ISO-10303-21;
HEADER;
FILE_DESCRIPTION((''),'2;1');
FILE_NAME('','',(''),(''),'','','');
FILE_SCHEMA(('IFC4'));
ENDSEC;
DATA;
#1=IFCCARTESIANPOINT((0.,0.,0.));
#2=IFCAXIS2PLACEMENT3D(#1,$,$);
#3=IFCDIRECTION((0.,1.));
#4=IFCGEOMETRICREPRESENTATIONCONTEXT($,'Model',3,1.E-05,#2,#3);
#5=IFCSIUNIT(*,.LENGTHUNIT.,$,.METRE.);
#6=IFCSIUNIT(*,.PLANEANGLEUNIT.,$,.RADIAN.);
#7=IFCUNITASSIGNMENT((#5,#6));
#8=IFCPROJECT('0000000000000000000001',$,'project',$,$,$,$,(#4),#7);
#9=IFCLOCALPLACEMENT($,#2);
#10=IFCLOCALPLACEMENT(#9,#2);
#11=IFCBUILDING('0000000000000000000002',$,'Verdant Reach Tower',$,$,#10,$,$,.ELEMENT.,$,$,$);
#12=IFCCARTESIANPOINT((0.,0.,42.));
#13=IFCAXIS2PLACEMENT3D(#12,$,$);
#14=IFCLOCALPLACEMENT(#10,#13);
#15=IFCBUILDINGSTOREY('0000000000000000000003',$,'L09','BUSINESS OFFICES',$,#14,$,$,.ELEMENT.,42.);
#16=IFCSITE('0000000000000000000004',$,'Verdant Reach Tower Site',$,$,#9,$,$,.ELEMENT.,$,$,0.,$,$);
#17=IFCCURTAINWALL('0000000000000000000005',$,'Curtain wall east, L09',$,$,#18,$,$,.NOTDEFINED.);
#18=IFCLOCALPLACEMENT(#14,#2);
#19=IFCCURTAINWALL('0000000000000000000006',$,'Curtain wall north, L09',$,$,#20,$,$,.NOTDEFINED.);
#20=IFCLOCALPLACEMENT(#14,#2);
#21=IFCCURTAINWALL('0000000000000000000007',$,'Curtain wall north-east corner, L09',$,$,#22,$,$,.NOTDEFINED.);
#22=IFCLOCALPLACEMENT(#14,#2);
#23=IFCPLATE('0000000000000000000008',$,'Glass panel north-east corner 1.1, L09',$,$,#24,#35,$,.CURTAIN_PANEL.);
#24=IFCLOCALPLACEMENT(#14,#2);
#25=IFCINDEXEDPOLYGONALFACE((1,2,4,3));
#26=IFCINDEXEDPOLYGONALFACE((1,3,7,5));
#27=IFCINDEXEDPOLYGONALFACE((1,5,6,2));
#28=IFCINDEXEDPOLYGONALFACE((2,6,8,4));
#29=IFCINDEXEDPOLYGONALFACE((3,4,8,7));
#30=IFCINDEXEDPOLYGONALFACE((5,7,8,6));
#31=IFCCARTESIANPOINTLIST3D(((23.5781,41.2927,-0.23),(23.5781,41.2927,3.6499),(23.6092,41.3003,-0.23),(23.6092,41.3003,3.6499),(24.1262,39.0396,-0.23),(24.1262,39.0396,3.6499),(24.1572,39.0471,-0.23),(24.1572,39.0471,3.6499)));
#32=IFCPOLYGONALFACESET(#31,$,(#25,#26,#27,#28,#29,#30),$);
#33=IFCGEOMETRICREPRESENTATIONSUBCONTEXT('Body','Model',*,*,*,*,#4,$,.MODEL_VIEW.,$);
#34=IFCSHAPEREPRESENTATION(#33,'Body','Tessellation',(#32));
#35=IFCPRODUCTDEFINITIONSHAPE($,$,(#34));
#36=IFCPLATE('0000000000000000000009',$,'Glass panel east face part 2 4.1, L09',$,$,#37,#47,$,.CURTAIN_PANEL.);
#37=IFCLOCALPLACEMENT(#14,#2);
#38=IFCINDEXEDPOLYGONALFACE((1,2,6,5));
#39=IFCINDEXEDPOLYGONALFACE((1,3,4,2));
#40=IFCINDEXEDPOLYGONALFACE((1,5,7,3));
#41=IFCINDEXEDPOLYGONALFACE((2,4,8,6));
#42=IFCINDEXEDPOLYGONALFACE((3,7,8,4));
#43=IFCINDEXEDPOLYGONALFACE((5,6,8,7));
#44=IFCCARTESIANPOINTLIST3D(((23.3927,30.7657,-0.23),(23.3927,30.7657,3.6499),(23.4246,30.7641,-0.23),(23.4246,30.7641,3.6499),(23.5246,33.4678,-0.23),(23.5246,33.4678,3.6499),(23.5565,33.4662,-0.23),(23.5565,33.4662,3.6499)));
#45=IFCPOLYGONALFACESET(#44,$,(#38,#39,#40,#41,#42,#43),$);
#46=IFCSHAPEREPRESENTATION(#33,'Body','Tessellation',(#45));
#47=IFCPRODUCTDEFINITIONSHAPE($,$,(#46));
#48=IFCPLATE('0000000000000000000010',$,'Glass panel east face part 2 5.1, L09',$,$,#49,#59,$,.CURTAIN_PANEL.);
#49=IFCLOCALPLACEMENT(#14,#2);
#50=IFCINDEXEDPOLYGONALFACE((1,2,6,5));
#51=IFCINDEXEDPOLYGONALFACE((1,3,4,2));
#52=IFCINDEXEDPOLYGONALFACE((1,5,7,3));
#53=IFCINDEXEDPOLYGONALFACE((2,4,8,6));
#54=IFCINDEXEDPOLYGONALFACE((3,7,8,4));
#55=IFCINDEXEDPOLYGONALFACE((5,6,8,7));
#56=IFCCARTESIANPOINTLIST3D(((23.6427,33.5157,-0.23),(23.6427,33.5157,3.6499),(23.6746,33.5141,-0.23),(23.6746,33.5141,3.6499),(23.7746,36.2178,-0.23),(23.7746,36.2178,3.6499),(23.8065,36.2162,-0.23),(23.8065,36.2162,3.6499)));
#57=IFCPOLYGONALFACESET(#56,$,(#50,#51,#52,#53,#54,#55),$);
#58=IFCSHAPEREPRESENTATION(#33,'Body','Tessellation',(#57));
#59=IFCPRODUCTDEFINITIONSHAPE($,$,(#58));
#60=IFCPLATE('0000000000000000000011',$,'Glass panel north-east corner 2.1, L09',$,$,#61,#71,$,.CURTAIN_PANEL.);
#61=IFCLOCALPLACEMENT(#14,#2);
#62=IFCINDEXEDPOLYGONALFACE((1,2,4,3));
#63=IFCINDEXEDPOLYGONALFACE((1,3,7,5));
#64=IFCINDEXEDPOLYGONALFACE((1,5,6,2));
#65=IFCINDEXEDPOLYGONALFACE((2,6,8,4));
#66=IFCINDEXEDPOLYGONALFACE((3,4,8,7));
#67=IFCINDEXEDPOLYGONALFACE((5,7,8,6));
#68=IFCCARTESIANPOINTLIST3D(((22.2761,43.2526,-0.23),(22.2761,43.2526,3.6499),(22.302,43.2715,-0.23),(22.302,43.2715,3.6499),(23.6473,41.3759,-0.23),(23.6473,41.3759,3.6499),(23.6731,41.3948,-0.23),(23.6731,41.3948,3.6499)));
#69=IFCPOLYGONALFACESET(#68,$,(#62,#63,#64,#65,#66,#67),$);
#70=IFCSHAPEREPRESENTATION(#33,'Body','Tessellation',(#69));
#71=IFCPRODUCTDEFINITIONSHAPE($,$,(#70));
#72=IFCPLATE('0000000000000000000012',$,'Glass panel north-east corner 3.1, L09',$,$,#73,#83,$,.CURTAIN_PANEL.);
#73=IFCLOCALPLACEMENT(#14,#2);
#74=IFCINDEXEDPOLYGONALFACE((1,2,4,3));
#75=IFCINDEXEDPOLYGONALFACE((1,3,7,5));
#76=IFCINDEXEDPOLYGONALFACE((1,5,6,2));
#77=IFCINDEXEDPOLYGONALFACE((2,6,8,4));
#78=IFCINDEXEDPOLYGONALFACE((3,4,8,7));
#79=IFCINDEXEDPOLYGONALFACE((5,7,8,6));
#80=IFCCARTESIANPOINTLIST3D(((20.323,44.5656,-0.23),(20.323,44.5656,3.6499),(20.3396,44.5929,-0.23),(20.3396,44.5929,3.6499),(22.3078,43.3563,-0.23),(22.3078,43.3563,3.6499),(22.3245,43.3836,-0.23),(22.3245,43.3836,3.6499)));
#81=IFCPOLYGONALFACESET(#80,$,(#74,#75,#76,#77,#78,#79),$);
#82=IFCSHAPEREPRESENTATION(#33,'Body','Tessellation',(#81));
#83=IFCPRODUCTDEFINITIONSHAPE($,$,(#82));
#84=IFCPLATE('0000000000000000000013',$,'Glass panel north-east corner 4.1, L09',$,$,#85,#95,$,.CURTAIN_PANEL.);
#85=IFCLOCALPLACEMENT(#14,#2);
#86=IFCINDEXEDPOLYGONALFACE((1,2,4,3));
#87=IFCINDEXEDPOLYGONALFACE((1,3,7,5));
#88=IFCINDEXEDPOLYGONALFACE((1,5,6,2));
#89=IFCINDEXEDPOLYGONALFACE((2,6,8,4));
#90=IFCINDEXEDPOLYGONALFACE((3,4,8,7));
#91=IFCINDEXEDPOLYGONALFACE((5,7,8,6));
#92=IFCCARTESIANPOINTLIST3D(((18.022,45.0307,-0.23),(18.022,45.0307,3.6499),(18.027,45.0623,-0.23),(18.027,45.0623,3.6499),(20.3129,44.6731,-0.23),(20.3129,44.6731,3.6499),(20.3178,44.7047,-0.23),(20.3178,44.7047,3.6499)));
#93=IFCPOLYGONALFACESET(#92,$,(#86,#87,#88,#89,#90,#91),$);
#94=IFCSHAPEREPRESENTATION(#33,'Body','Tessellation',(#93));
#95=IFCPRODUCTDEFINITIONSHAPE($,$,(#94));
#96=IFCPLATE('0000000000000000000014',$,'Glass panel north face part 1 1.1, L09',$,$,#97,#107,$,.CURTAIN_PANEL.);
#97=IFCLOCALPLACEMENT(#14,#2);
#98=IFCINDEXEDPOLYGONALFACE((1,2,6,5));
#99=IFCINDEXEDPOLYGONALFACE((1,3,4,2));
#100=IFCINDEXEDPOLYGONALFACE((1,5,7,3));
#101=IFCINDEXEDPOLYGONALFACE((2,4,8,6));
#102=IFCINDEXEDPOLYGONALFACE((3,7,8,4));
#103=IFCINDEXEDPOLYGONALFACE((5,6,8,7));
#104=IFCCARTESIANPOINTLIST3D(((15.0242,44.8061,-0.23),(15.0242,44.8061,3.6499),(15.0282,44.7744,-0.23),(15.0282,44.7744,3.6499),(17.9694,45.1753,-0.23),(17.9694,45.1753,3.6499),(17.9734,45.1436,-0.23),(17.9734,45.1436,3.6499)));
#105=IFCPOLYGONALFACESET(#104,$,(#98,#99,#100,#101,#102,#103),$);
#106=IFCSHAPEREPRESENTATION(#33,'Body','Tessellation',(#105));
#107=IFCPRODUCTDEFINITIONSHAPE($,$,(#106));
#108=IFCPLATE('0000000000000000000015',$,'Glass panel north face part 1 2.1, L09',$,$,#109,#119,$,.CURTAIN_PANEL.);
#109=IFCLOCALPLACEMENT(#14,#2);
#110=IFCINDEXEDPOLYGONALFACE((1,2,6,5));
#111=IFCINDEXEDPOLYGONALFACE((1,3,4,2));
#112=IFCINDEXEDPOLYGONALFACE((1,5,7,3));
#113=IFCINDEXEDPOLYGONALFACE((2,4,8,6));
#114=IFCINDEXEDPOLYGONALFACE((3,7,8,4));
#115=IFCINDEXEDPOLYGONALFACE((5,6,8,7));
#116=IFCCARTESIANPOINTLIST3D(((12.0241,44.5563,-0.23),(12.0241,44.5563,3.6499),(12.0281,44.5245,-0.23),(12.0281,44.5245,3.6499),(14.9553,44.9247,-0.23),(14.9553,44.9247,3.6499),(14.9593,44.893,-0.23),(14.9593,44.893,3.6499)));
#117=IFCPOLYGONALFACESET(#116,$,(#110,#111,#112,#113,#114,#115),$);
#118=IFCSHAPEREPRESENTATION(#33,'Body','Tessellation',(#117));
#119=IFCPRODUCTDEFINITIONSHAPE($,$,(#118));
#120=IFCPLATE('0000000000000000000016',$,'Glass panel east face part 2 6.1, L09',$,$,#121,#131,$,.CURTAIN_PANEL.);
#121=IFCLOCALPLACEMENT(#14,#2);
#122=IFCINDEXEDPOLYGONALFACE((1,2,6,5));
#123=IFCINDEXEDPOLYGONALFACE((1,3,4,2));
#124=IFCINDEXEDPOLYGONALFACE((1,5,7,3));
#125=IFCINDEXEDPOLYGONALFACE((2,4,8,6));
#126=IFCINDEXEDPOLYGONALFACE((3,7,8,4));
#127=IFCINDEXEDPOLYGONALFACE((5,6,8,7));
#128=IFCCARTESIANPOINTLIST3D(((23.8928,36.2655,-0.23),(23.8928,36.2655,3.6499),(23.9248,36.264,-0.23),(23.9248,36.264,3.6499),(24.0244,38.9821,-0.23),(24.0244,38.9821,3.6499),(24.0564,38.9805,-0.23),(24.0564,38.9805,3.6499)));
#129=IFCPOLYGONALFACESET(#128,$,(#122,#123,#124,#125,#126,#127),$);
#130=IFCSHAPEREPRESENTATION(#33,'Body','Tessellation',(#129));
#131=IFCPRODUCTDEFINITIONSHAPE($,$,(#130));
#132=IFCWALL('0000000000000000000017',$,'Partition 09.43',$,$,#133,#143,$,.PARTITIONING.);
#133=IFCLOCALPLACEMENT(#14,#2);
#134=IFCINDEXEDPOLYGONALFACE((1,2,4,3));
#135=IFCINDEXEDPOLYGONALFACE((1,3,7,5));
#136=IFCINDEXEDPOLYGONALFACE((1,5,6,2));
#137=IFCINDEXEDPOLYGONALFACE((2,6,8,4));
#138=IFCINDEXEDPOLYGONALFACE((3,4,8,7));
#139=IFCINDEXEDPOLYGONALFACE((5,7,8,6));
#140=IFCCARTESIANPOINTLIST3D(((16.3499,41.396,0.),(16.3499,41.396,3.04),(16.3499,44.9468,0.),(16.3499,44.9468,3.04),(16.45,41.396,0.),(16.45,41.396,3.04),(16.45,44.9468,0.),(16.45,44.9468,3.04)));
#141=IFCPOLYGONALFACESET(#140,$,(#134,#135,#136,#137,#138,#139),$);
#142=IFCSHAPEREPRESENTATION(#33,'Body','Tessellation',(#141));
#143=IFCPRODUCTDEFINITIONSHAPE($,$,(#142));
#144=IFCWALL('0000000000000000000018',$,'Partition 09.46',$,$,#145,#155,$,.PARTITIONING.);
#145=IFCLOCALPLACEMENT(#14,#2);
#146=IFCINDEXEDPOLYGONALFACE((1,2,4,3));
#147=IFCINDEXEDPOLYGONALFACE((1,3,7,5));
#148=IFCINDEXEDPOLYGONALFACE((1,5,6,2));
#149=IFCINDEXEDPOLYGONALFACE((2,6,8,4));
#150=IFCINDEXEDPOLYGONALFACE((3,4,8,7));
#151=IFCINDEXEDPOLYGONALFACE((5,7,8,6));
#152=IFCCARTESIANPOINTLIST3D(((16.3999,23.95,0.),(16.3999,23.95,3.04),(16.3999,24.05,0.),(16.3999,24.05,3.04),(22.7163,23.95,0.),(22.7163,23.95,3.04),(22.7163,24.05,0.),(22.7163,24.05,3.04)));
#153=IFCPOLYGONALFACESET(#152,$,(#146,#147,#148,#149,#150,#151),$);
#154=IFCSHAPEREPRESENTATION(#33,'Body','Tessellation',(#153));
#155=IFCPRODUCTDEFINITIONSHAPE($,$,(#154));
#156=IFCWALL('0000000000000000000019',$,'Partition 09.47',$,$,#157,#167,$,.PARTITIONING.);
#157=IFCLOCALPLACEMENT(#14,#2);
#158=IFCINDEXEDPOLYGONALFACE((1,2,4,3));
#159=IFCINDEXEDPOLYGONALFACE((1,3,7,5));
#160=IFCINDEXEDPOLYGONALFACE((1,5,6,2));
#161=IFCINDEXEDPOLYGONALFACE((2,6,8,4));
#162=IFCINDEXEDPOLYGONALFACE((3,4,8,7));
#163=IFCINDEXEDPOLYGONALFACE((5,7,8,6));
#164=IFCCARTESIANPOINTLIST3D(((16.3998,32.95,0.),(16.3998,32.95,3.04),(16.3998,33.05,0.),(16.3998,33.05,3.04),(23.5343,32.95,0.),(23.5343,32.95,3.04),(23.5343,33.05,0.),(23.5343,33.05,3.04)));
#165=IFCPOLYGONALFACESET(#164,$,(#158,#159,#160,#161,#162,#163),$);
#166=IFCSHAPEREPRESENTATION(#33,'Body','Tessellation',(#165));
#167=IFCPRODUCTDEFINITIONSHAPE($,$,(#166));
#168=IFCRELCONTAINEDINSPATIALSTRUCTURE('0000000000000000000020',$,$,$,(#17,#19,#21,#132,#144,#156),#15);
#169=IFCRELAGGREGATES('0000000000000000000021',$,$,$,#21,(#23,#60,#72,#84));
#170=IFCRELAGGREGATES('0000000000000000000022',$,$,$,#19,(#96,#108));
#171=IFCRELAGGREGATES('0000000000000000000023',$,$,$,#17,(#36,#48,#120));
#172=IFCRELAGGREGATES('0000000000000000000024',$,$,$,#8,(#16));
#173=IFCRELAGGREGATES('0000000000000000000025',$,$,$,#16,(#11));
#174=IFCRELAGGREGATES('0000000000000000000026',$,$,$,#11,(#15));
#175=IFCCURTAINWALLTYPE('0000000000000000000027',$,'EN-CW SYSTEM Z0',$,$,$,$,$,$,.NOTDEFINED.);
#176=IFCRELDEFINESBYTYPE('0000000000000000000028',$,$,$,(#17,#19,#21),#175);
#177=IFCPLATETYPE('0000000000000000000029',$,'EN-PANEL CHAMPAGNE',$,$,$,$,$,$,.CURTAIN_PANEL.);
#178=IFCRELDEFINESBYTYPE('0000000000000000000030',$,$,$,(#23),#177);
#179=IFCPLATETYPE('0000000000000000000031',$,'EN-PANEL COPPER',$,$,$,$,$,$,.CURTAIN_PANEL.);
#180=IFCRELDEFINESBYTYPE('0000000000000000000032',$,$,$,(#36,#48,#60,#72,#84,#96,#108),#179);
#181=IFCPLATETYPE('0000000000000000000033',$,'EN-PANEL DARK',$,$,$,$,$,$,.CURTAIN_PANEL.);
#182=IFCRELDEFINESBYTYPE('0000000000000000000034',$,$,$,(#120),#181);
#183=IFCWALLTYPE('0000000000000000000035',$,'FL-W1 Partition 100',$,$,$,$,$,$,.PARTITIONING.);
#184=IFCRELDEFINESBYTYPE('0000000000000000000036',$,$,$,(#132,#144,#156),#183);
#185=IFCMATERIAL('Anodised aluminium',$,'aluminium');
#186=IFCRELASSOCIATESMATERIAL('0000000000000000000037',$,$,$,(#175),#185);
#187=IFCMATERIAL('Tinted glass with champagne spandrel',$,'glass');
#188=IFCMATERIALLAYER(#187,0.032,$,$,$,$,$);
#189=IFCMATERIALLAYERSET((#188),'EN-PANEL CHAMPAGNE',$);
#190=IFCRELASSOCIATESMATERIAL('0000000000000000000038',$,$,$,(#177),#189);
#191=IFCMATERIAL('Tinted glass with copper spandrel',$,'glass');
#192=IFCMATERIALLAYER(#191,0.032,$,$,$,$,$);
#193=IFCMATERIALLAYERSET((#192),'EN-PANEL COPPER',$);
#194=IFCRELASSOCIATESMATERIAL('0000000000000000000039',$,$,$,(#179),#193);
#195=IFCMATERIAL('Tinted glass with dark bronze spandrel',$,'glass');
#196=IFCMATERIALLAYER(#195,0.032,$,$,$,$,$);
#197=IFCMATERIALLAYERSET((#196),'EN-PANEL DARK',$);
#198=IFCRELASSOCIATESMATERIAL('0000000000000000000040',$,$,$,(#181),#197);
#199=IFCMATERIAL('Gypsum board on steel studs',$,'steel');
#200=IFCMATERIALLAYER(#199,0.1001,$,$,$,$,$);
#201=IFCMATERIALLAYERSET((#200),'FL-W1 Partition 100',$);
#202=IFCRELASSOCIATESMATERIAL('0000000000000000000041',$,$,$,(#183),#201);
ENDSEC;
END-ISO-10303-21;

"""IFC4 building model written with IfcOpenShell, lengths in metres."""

from ifc_helpers import new_model, si_unit, direction, frame, frame_2d, origin, origin_2d, place, context, subcontext, project, spatial, rectangle, extrude, material, layer, layer_set, type_object, element, aggregate, save


model = new_model("IFC4")

# Units and contexts
model_context = context("Model", 3, precision=1e-05, world=origin(), true_north=direction((0.0, 1.0)))
body_context = subcontext(model_context, "Body", "Model", "MODEL_VIEW")
ifc_project = project(units=[si_unit("LENGTHUNIT", "METRE"), si_unit("PLANEANGLEUNIT", "RADIAN")], contexts=[model_context])

# Site, building, storey
site_placement = place(None, origin())
site = spatial("IfcSite", under=ifc_project, at=site_placement, Name="Verdant Reach Tower Site", CompositionType="ELEMENT", RefElevation=0.0)
building_placement = place(site_placement, origin())
building = spatial("IfcBuilding", under=site, at=building_placement, Name="Verdant Reach Tower", CompositionType="ELEMENT")
storey_placement = place(building_placement, frame((0.0, 0.0, 42.0)))
storey = spatial("IfcBuildingStorey", under=building, at=storey_placement, Name="L09", Description="BUSINESS OFFICES", CompositionType="ELEMENT", Elevation=42.0)

# Curtain walls
ifc_material_1 = material(Name="Anodised aluminium", Category="aluminium")
curtain_wall_type = type_object("IfcCurtainWallType", Name="EN-CW SYSTEM Z0", PredefinedType="NOTDEFINED", material=ifc_material_1)
curtain_wall_1_placement = place(storey_placement, origin())
curtain_wall_1 = element("IfcCurtainWall", 1, at=curtain_wall_1_placement, inside=storey, type_object=curtain_wall_type, Name="Curtain wall east, L09", PredefinedType="NOTDEFINED")
curtain_wall_2_placement = place(storey_placement, origin())
curtain_wall_2 = element("IfcCurtainWall", 2, at=curtain_wall_2_placement, inside=storey, type_object=curtain_wall_type, Name="Curtain wall north, L09", PredefinedType="NOTDEFINED")

# Shared definitions
ifc_material_2 = material(Name="Tinted glass with champagne spandrel", Category="glass")
ifc_layer_1 = layer(ifc_material_2, 0.032)
ifc_layer_set_1 = layer_set([ifc_layer_1], Name="EN-PANEL CHAMPAGNE")
plate_type_1 = type_object("IfcPlateType", Name="EN-PANEL CHAMPAGNE", PredefinedType="CURTAIN_PANEL", material=ifc_layer_set_1)

# Curtain wall, plate
curtain_wall_3_placement = place(storey_placement, origin())
curtain_wall_3 = element("IfcCurtainWall", 3, at=curtain_wall_3_placement, inside=storey, type_object=curtain_wall_type, Name="Curtain wall north-east corner, L09", PredefinedType="NOTDEFINED")
plate_1_placement = place(storey_placement, frame((23.8677, 40.1699, -0.23), z_axis=(0.0, 0.0, 1.0), x_axis=(-0.236347, 0.971669, 0.0)))
plate_1 = element("IfcPlate", 4, at=plate_1_placement, type_object=plate_type_1, Name="Glass panel north-east corner 1.1, L09", PredefinedType="CURTAIN_PANEL", context=body_context, shape_type="SweptSolid", body=[
    extrude(rectangle(XDim=2.3188, YDim=0.032, at=origin_2d()), origin(), (0.0, 0.0, 1.0), 3.8799),
])

# Plates
ifc_material_3 = material(Name="Tinted glass with copper spandrel", Category="glass")
ifc_layer_2 = layer(ifc_material_3, 0.032)
ifc_layer_set_2 = layer_set([ifc_layer_2], Name="EN-PANEL COPPER")
plate_type_2 = type_object("IfcPlateType", Name="EN-PANEL COPPER", PredefinedType="CURTAIN_PANEL", material=ifc_layer_set_2)
plate_2_placement = place(storey_placement, frame((23.4746, 32.116, -0.23), z_axis=(0.0, 0.0, 1.0), x_axis=(0.048753, 0.998811, 0.0)))
plate_2 = element("IfcPlate", 5, at=plate_2_placement, type_object=plate_type_2, Name="Glass panel east face part 2 4.1, L09", PredefinedType="CURTAIN_PANEL", context=body_context, shape_type="SweptSolid", body=[
    extrude(rectangle(XDim=2.7053, YDim=0.032, at=origin_2d()), origin(), (0.0, 0.0, 1.0), 3.8799),
])
plate_3_placement = place(storey_placement, frame((23.7246, 34.866, -0.23), z_axis=(0.0, 0.0, 1.0), x_axis=(0.048753, 0.998811, 0.0)))
plate_3 = element("IfcPlate", 6, at=plate_3_placement, type_object=plate_type_2, Name="Glass panel east face part 2 5.1, L09", PredefinedType="CURTAIN_PANEL", context=body_context, shape_type="SweptSolid", body=[
    extrude(rectangle(XDim=2.7053, YDim=0.032, at=origin_2d()), origin(), (0.0, 0.0, 1.0), 3.8799),
])
plate_4_placement = place(storey_placement, frame((22.9746, 42.3237, -0.23), z_axis=(0.0, 0.0, 1.0), x_axis=(-0.589927, 0.807457, 0.0)))
plate_4 = element("IfcPlate", 7, at=plate_4_placement, type_object=plate_type_2, Name="Glass panel north-east corner 2.1, L09", PredefinedType="CURTAIN_PANEL", context=body_context, shape_type="SweptSolid", body=[
    extrude(rectangle(XDim=2.3242, YDim=0.032, at=origin_2d()), origin(), (0.0, 0.0, 1.0), 3.8799),
])
plate_5_placement = place(storey_placement, frame((21.3237, 43.9746, -0.23), z_axis=(0.0, 0.0, 1.0), x_axis=(-0.853989, 0.520292, 0.0)))
plate_5 = element("IfcPlate", 8, at=plate_5_placement, type_object=plate_type_2, Name="Glass panel north-east corner 3.1, L09", PredefinedType="CURTAIN_PANEL", context=body_context, shape_type="SweptSolid", body=[
    extrude(rectangle(XDim=2.3242, YDim=0.032, at=origin_2d()), origin(), (0.0, 0.0, 1.0), 3.8799),
])
plate_6_placement = place(storey_placement, frame((19.1699, 44.8677, -0.23), z_axis=(0.0, 0.0, 1.0), x_axis=(-0.988035, 0.154233, 0.0)))
plate_6 = element("IfcPlate", 9, at=plate_6_placement, type_object=plate_type_2, Name="Glass panel north-east corner 4.1, L09", PredefinedType="CURTAIN_PANEL", context=body_context, shape_type="SweptSolid", body=[
    extrude(rectangle(XDim=2.3186, YDim=0.032, at=origin_2d()), origin(), (0.0, 0.0, 1.0), 3.8799),
])
aggregate(curtain_wall_3, [plate_1, plate_4, plate_5, plate_6])
plate_7_placement = place(storey_placement, frame((16.4988, 44.9749, -0.23), z_axis=(0.0, 0.0, 1.0), x_axis=(-0.992234, -0.124384, 0.0)))
plate_7 = element("IfcPlate", 10, at=plate_7_placement, type_object=plate_type_2, Name="Glass panel north face part 1 1.1, L09", PredefinedType="CURTAIN_PANEL", context=body_context, shape_type="SweptSolid", body=[
    extrude(rectangle(XDim=2.9683, YDim=0.032, at=origin_2d()), origin(), (0.0, 0.0, 1.0), 3.8799),
])
plate_8_placement = place(storey_placement, frame((13.4917, 44.7246, -0.23), z_axis=(0.0, 0.0, 1.0), x_axis=(-0.992194, -0.124704, 0.0)))
plate_8 = element("IfcPlate", 11, at=plate_8_placement, type_object=plate_type_2, Name="Glass panel north face part 1 2.1, L09", PredefinedType="CURTAIN_PANEL", context=body_context, shape_type="SweptSolid", body=[
    extrude(rectangle(XDim=2.9543, YDim=0.032, at=origin_2d()), origin(), (0.0, 0.0, 1.0), 3.8799),
])
aggregate(curtain_wall_2, [plate_7, plate_8])
ifc_material_4 = material(Name="Tinted glass with dark bronze spandrel", Category="glass")
ifc_layer_3 = layer(ifc_material_4, 0.032)
ifc_layer_set_3 = layer_set([ifc_layer_3], Name="EN-PANEL DARK")
plate_type_3 = type_object("IfcPlateType", Name="EN-PANEL DARK", PredefinedType="CURTAIN_PANEL", material=ifc_layer_set_3)
plate_9_placement = place(storey_placement, frame((23.9746, 37.623, -0.23), z_axis=(0.0, 0.0, 1.0), x_axis=(0.048383, 0.998829, 0.0)))
plate_9 = element("IfcPlate", 12, at=plate_9_placement, type_object=plate_type_3, Name="Glass panel east face part 2 6.1, L09", PredefinedType="CURTAIN_PANEL", context=body_context, shape_type="SweptSolid", body=[
    extrude(rectangle(XDim=2.7197, YDim=0.032, at=origin_2d()), origin(), (0.0, 0.0, 1.0), 3.8799),
])
aggregate(curtain_wall_1, [plate_2, plate_3, plate_9])

# Walls
ifc_material_5 = material(Name="Gypsum board on steel studs", Category="steel")
ifc_layer_4 = layer(ifc_material_5, 0.1001)
ifc_layer_set_4 = layer_set([ifc_layer_4], Name="FL-W1 Partition 100")
wall_type_1 = type_object("IfcWallType", Name="FL-W1 Partition 100", PredefinedType="PARTITIONING", material=ifc_layer_set_4)
wall_1_placement = place(storey_placement, frame((16.3999, 41.396, 0.0), z_axis=(0.0, 0.0, 1.0), x_axis=(0.0, 1.0, 0.0)))
element("IfcWall", 13, at=wall_1_placement, inside=storey, type_object=wall_type_1, Name="Partition 09.43", PredefinedType="PARTITIONING", context=body_context, shape_type="SweptSolid", body=[
    extrude(rectangle(XDim=3.5508, YDim=0.1001, at=frame_2d((1.7754, 0.0))), origin(), (0.0, 0.0, 1.0), 3.04),
])
wall_2_placement = place(storey_placement, frame((22.7163, 24.0, 0.0), z_axis=(0.0, 0.0, 1.0), x_axis=(-1.0, 0.0, 0.0)))
element("IfcWall", 14, at=wall_2_placement, inside=storey, type_object=wall_type_1, Name="Partition 09.46", PredefinedType="PARTITIONING", context=body_context, shape_type="SweptSolid", body=[
    extrude(rectangle(XDim=6.3164, YDim=0.1001, at=frame_2d((3.1582, 0.0))), origin(), (0.0, 0.0, 1.0), 3.04),
])
wall_3_placement = place(storey_placement, frame((23.5344, 33.0, 0.0), z_axis=(0.0, 0.0, 1.0), x_axis=(-1.0, 0.0, 0.0)))
element("IfcWall", 15, at=wall_3_placement, inside=storey, type_object=wall_type_1, Name="Partition 09.47", PredefinedType="PARTITIONING", context=body_context, shape_type="SweptSolid", body=[
    extrude(rectangle(XDim=7.1345, YDim=0.1001, at=frame_2d((3.5674, 0.0))), origin(), (0.0, 0.0, 1.0), 3.04),
])

save(model, "model.ifc")
